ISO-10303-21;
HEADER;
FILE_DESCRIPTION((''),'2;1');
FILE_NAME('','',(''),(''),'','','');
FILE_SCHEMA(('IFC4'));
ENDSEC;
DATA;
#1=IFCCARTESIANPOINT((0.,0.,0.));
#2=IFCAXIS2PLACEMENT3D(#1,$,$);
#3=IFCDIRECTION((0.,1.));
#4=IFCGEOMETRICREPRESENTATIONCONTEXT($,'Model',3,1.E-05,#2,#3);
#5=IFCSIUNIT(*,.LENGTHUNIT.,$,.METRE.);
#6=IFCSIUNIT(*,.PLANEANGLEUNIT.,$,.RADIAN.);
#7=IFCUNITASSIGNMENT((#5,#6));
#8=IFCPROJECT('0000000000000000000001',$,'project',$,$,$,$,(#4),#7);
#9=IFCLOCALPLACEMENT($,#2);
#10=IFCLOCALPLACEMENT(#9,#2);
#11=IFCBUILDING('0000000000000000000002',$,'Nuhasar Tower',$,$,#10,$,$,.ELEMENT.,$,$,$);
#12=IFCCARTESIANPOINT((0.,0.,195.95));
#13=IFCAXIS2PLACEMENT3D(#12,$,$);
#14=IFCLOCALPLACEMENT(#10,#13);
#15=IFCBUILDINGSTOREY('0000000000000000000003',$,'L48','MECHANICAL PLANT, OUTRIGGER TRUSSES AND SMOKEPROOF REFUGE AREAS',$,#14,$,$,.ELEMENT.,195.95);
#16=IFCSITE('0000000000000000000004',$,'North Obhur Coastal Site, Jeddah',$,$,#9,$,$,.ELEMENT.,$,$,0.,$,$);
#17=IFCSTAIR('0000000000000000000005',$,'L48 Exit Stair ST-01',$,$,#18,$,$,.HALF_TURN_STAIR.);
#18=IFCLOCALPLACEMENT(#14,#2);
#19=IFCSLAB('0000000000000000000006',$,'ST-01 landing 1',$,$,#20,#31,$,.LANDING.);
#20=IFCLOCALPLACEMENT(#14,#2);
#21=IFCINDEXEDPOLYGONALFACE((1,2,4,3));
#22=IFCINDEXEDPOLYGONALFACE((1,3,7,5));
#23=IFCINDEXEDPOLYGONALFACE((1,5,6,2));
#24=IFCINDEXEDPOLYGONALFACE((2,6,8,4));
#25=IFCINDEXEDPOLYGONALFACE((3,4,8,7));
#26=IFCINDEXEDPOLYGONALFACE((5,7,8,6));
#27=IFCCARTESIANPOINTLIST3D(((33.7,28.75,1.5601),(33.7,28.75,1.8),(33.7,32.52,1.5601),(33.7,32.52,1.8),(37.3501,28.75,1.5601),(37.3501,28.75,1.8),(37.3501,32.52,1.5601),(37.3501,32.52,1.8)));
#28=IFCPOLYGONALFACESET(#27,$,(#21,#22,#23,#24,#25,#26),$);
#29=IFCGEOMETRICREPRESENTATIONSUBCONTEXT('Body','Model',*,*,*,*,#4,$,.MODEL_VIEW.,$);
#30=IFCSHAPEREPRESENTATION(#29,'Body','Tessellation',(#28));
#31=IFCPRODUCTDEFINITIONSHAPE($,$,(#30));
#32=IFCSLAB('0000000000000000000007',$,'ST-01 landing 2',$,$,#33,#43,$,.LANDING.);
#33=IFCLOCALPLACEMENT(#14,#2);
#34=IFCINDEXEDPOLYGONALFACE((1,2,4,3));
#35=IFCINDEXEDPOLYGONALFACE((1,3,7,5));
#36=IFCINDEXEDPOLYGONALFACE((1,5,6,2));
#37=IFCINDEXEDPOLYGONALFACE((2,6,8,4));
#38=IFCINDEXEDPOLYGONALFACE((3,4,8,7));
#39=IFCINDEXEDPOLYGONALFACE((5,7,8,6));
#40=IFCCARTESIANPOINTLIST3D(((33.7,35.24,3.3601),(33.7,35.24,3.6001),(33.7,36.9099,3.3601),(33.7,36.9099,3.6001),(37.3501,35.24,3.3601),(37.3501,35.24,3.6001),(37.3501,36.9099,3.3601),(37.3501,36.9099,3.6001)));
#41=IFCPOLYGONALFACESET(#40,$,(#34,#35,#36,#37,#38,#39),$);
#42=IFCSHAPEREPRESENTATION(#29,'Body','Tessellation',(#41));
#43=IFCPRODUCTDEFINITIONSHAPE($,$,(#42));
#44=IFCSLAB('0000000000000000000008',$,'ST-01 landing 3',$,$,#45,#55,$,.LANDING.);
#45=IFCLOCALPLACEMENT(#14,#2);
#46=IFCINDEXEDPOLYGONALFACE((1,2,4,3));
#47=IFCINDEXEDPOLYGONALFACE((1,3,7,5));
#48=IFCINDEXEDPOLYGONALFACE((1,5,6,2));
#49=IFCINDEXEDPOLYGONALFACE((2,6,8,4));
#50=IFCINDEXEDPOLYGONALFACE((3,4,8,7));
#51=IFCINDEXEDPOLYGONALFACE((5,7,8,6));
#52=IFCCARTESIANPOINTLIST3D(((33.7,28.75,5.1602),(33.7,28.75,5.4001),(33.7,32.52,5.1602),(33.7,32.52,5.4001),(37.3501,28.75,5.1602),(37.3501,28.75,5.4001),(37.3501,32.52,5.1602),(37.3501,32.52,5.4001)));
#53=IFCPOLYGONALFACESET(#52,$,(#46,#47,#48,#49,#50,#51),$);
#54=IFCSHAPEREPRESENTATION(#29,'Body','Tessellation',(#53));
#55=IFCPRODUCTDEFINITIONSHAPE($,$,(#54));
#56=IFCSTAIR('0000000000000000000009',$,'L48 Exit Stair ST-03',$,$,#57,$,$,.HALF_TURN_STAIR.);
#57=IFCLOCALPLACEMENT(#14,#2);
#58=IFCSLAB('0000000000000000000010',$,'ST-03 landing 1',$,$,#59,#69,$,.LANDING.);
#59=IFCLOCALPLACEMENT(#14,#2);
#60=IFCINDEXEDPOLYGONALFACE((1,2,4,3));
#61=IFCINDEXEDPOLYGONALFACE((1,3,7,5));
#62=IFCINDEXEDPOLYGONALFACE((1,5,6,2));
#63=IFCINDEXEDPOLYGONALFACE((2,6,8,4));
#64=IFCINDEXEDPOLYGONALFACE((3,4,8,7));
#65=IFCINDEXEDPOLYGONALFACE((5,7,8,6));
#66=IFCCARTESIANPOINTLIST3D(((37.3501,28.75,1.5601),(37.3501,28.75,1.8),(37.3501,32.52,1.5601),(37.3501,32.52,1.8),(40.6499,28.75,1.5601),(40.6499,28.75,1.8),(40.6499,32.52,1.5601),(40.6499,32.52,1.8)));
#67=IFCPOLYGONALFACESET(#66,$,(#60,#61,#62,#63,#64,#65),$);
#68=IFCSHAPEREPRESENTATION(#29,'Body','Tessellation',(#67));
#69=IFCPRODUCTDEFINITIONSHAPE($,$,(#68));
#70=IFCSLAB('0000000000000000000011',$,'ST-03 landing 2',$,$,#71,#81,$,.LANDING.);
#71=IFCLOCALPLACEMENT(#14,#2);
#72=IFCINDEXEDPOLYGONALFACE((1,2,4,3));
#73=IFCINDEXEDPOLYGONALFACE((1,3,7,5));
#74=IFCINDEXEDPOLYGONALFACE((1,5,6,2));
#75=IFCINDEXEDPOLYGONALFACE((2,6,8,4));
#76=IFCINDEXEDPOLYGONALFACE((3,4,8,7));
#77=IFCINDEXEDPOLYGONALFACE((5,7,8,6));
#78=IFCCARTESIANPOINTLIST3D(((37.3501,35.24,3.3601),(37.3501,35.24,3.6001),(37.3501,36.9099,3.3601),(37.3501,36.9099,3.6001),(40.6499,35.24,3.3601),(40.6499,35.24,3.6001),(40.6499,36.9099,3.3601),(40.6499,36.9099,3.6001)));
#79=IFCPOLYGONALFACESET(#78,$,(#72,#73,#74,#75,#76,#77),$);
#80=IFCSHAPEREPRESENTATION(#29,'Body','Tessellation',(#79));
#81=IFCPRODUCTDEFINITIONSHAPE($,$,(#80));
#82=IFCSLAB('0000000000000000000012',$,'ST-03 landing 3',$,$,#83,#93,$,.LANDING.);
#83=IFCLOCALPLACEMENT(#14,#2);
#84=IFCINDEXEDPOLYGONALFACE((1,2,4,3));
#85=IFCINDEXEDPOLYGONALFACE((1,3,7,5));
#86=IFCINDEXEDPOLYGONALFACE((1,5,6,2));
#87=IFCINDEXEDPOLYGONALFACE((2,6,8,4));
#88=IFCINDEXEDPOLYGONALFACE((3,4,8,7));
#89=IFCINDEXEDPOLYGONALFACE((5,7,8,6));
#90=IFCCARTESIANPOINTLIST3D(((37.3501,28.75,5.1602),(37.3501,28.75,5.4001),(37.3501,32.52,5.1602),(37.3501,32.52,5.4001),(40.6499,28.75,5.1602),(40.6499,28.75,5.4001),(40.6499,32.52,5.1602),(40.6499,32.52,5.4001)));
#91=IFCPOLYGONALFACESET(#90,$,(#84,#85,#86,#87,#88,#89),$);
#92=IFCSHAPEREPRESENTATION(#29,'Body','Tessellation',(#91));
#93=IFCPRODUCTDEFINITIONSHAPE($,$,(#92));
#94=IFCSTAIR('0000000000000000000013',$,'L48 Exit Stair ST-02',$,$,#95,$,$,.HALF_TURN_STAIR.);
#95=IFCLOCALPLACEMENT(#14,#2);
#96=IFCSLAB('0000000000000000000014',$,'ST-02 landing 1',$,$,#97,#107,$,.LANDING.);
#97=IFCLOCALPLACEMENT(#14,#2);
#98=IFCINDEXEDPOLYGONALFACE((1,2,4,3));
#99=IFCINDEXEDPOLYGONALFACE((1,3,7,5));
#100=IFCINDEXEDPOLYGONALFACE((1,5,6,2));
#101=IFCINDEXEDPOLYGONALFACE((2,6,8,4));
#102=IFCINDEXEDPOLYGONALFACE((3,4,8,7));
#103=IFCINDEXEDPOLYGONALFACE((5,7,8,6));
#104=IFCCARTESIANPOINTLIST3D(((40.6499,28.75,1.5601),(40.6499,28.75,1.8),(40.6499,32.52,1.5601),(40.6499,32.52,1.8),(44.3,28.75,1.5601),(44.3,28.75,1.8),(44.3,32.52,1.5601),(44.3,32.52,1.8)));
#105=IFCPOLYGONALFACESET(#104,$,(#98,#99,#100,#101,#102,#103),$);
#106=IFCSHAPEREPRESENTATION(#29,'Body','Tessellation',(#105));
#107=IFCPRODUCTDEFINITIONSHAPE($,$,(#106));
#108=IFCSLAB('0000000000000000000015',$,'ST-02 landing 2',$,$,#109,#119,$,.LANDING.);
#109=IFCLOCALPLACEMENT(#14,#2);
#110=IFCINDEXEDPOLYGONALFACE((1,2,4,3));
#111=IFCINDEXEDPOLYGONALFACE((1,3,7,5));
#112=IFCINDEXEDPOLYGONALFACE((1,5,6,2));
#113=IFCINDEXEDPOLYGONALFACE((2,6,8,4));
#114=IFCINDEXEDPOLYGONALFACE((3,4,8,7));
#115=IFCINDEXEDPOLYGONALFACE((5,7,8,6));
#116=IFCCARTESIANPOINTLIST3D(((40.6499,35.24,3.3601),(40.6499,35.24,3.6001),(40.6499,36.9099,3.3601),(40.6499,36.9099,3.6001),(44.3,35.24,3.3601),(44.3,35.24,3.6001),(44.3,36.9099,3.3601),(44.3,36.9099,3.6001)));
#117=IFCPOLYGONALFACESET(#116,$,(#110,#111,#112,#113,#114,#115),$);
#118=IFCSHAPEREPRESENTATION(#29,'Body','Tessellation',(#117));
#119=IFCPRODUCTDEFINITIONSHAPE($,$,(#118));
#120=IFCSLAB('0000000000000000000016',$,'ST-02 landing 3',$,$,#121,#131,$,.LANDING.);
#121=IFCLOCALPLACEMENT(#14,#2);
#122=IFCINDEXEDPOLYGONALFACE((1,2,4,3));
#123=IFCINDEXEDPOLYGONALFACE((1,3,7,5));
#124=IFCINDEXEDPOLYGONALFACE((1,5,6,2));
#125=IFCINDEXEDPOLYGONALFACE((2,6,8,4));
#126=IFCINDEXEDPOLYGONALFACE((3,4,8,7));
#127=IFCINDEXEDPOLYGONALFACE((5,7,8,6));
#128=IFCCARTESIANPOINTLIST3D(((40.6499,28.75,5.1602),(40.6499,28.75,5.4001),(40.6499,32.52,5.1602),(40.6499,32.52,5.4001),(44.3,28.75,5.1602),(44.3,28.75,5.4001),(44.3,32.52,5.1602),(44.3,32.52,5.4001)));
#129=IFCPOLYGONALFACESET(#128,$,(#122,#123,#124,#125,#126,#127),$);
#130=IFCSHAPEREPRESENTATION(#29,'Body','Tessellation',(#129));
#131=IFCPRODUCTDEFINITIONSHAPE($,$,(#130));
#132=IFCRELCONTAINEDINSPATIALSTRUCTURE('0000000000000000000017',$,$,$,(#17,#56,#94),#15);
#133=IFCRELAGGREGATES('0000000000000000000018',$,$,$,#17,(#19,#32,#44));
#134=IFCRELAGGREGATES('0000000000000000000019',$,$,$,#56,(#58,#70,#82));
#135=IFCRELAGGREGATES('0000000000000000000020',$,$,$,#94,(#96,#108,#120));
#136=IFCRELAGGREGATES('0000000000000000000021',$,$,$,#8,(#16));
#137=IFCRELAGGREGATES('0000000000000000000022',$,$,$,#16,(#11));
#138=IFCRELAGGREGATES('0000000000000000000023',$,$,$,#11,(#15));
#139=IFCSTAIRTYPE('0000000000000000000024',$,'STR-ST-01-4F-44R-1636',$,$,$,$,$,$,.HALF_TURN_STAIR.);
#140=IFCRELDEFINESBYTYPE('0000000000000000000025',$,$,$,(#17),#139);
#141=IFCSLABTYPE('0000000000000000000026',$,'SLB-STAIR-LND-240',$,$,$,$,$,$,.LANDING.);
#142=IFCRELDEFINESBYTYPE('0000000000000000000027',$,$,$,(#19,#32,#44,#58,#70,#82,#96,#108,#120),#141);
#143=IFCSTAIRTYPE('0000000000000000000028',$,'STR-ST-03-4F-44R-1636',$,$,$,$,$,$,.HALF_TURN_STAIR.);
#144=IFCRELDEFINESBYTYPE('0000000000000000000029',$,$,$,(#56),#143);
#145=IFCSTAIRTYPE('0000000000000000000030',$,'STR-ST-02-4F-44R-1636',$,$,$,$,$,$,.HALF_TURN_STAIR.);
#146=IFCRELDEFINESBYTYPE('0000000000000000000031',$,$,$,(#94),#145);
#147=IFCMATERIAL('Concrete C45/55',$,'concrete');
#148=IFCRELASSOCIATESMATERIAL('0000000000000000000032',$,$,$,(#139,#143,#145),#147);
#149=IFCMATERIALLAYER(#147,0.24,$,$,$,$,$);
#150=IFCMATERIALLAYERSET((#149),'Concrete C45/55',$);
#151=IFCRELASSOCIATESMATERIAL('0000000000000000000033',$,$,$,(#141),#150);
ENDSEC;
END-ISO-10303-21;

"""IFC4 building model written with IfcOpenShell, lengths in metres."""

from ifc_helpers import new_model, si_unit, direction, frame, origin, place, context, subcontext, project, spatial, polyline, outline, extrude, material, layer, layer_set, type_object, element, aggregate, save


model = new_model("IFC4")

# Units and contexts
model_context = context("Model", 3, precision=1e-05, world=origin(), true_north=direction((0.0, 1.0)))
body_context = subcontext(model_context, "Body", "Model", "MODEL_VIEW")
ifc_project = project(units=[si_unit("LENGTHUNIT", "METRE"), si_unit("PLANEANGLEUNIT", "RADIAN")], contexts=[model_context])

# Site, building, storey
site_placement = place(None, origin())
site = spatial("IfcSite", under=ifc_project, at=site_placement, Name="North Obhur Coastal Site, Jeddah", CompositionType="ELEMENT", RefElevation=0.0)
building_placement = place(site_placement, origin())
building = spatial("IfcBuilding", under=site, at=building_placement, Name="Nuhasar Tower", CompositionType="ELEMENT")
storey_placement = place(building_placement, frame((0.0, 0.0, 195.95)))
storey = spatial("IfcBuildingStorey", under=building, at=storey_placement, Name="L48", Description="MECHANICAL PLANT, OUTRIGGER TRUSSES AND SMOKEPROOF REFUGE AREAS", CompositionType="ELEMENT", Elevation=195.95)

# Stairs, slabs
ifc_material_1 = material(Name="Concrete C45/55", Category="concrete")
stair_type_1 = type_object("IfcStairType", Name="STR-ST-01-4F-44R-1636", PredefinedType="HALF_TURN_STAIR", material=ifc_material_1)
stair_1_placement = place(storey_placement, origin())
stair_1 = element("IfcStair", 1, at=stair_1_placement, inside=storey, type_object=stair_type_1, Name="L48 Exit Stair ST-01", PredefinedType="HALF_TURN_STAIR")
ifc_layer_1 = layer(ifc_material_1, 0.24)
ifc_layer_set_1 = layer_set([ifc_layer_1], Name="Concrete C45/55")
slab_type_1 = type_object("IfcSlabType", Name="SLB-STAIR-LND-240", PredefinedType="LANDING", material=ifc_layer_set_1)
slab_1_placement = place(storey_placement, frame((0.0, 0.0, 1.5601)))
slab_1 = element("IfcSlab", 2, at=slab_1_placement, type_object=slab_type_1, Name="ST-01 landing 1", PredefinedType="LANDING", context=body_context, shape_type="SweptSolid", body=[
    extrude(outline(polyline([(33.7, 28.75), (37.3501, 28.75), (37.3501, 32.52), (33.7, 32.52), (33.7, 28.75)])), origin(), (0.0, 0.0, 1.0), 0.24),
])
slab_2_placement = place(storey_placement, frame((0.0, 0.0, 3.3601)))
slab_2 = element("IfcSlab", 3, at=slab_2_placement, type_object=slab_type_1, Name="ST-01 landing 2", PredefinedType="LANDING", context=body_context, shape_type="SweptSolid", body=[
    extrude(outline(polyline([(33.7, 35.24), (37.3501, 35.24), (37.3501, 36.9099), (33.7, 36.9099), (33.7, 35.24)])), origin(), (0.0, 0.0, 1.0), 0.24),
])
slab_3_placement = place(storey_placement, frame((0.0, 0.0, 5.1602)))
slab_3 = element("IfcSlab", 4, at=slab_3_placement, type_object=slab_type_1, Name="ST-01 landing 3", PredefinedType="LANDING", context=body_context, shape_type="SweptSolid", body=[
    extrude(outline(polyline([(33.7, 28.75), (37.3501, 28.75), (37.3501, 32.52), (33.7, 32.52), (33.7, 28.75)])), origin(), (0.0, 0.0, 1.0), 0.24),
])
aggregate(stair_1, [slab_1, slab_2, slab_3])
stair_type_2 = type_object("IfcStairType", Name="STR-ST-03-4F-44R-1636", PredefinedType="HALF_TURN_STAIR", material=ifc_material_1)
stair_2_placement = place(storey_placement, origin())
stair_2 = element("IfcStair", 5, at=stair_2_placement, inside=storey, type_object=stair_type_2, Name="L48 Exit Stair ST-03", PredefinedType="HALF_TURN_STAIR")
slab_4_placement = place(storey_placement, frame((0.0, 0.0, 1.5601)))
slab_4 = element("IfcSlab", 6, at=slab_4_placement, type_object=slab_type_1, Name="ST-03 landing 1", PredefinedType="LANDING", context=body_context, shape_type="SweptSolid", body=[
    extrude(outline(polyline([(37.3501, 28.75), (40.6499, 28.75), (40.6499, 32.52), (37.3501, 32.52), (37.3501, 28.75)])), origin(), (0.0, 0.0, 1.0), 0.24),
])
slab_5_placement = place(storey_placement, frame((0.0, 0.0, 3.3601)))
slab_5 = element("IfcSlab", 7, at=slab_5_placement, type_object=slab_type_1, Name="ST-03 landing 2", PredefinedType="LANDING", context=body_context, shape_type="SweptSolid", body=[
    extrude(outline(polyline([(37.3501, 35.24), (40.6499, 35.24), (40.6499, 36.9099), (37.3501, 36.9099), (37.3501, 35.24)])), origin(), (0.0, 0.0, 1.0), 0.24),
])
slab_6_placement = place(storey_placement, frame((0.0, 0.0, 5.1602)))
slab_6 = element("IfcSlab", 8, at=slab_6_placement, type_object=slab_type_1, Name="ST-03 landing 3", PredefinedType="LANDING", context=body_context, shape_type="SweptSolid", body=[
    extrude(outline(polyline([(37.3501, 28.75), (40.6499, 28.75), (40.6499, 32.52), (37.3501, 32.52), (37.3501, 28.75)])), origin(), (0.0, 0.0, 1.0), 0.24),
])
aggregate(stair_2, [slab_4, slab_5, slab_6])
stair_type_3 = type_object("IfcStairType", Name="STR-ST-02-4F-44R-1636", PredefinedType="HALF_TURN_STAIR", material=ifc_material_1)
stair_3_placement = place(storey_placement, origin())
stair_3 = element("IfcStair", 9, at=stair_3_placement, inside=storey, type_object=stair_type_3, Name="L48 Exit Stair ST-02", PredefinedType="HALF_TURN_STAIR")
slab_7_placement = place(storey_placement, frame((0.0, 0.0, 1.5601)))
slab_7 = element("IfcSlab", 10, at=slab_7_placement, type_object=slab_type_1, Name="ST-02 landing 1", PredefinedType="LANDING", context=body_context, shape_type="SweptSolid", body=[
    extrude(outline(polyline([(40.6499, 28.75), (44.3, 28.75), (44.3, 32.52), (40.6499, 32.52), (40.6499, 28.75)])), origin(), (0.0, 0.0, 1.0), 0.24),
])
slab_8_placement = place(storey_placement, frame((0.0, 0.0, 3.3601)))
slab_8 = element("IfcSlab", 11, at=slab_8_placement, type_object=slab_type_1, Name="ST-02 landing 2", PredefinedType="LANDING", context=body_context, shape_type="SweptSolid", body=[
    extrude(outline(polyline([(40.6499, 35.24), (44.3, 35.24), (44.3, 36.9099), (40.6499, 36.9099), (40.6499, 35.24)])), origin(), (0.0, 0.0, 1.0), 0.24),
])
slab_9_placement = place(storey_placement, frame((0.0, 0.0, 5.1602)))
slab_9 = element("IfcSlab", 12, at=slab_9_placement, type_object=slab_type_1, Name="ST-02 landing 3", PredefinedType="LANDING", context=body_context, shape_type="SweptSolid", body=[
    extrude(outline(polyline([(40.6499, 28.75), (44.3, 28.75), (44.3, 32.52), (40.6499, 32.52), (40.6499, 28.75)])), origin(), (0.0, 0.0, 1.0), 0.24),
])
aggregate(stair_3, [slab_7, slab_8, slab_9])

save(model, "model.ifc")
